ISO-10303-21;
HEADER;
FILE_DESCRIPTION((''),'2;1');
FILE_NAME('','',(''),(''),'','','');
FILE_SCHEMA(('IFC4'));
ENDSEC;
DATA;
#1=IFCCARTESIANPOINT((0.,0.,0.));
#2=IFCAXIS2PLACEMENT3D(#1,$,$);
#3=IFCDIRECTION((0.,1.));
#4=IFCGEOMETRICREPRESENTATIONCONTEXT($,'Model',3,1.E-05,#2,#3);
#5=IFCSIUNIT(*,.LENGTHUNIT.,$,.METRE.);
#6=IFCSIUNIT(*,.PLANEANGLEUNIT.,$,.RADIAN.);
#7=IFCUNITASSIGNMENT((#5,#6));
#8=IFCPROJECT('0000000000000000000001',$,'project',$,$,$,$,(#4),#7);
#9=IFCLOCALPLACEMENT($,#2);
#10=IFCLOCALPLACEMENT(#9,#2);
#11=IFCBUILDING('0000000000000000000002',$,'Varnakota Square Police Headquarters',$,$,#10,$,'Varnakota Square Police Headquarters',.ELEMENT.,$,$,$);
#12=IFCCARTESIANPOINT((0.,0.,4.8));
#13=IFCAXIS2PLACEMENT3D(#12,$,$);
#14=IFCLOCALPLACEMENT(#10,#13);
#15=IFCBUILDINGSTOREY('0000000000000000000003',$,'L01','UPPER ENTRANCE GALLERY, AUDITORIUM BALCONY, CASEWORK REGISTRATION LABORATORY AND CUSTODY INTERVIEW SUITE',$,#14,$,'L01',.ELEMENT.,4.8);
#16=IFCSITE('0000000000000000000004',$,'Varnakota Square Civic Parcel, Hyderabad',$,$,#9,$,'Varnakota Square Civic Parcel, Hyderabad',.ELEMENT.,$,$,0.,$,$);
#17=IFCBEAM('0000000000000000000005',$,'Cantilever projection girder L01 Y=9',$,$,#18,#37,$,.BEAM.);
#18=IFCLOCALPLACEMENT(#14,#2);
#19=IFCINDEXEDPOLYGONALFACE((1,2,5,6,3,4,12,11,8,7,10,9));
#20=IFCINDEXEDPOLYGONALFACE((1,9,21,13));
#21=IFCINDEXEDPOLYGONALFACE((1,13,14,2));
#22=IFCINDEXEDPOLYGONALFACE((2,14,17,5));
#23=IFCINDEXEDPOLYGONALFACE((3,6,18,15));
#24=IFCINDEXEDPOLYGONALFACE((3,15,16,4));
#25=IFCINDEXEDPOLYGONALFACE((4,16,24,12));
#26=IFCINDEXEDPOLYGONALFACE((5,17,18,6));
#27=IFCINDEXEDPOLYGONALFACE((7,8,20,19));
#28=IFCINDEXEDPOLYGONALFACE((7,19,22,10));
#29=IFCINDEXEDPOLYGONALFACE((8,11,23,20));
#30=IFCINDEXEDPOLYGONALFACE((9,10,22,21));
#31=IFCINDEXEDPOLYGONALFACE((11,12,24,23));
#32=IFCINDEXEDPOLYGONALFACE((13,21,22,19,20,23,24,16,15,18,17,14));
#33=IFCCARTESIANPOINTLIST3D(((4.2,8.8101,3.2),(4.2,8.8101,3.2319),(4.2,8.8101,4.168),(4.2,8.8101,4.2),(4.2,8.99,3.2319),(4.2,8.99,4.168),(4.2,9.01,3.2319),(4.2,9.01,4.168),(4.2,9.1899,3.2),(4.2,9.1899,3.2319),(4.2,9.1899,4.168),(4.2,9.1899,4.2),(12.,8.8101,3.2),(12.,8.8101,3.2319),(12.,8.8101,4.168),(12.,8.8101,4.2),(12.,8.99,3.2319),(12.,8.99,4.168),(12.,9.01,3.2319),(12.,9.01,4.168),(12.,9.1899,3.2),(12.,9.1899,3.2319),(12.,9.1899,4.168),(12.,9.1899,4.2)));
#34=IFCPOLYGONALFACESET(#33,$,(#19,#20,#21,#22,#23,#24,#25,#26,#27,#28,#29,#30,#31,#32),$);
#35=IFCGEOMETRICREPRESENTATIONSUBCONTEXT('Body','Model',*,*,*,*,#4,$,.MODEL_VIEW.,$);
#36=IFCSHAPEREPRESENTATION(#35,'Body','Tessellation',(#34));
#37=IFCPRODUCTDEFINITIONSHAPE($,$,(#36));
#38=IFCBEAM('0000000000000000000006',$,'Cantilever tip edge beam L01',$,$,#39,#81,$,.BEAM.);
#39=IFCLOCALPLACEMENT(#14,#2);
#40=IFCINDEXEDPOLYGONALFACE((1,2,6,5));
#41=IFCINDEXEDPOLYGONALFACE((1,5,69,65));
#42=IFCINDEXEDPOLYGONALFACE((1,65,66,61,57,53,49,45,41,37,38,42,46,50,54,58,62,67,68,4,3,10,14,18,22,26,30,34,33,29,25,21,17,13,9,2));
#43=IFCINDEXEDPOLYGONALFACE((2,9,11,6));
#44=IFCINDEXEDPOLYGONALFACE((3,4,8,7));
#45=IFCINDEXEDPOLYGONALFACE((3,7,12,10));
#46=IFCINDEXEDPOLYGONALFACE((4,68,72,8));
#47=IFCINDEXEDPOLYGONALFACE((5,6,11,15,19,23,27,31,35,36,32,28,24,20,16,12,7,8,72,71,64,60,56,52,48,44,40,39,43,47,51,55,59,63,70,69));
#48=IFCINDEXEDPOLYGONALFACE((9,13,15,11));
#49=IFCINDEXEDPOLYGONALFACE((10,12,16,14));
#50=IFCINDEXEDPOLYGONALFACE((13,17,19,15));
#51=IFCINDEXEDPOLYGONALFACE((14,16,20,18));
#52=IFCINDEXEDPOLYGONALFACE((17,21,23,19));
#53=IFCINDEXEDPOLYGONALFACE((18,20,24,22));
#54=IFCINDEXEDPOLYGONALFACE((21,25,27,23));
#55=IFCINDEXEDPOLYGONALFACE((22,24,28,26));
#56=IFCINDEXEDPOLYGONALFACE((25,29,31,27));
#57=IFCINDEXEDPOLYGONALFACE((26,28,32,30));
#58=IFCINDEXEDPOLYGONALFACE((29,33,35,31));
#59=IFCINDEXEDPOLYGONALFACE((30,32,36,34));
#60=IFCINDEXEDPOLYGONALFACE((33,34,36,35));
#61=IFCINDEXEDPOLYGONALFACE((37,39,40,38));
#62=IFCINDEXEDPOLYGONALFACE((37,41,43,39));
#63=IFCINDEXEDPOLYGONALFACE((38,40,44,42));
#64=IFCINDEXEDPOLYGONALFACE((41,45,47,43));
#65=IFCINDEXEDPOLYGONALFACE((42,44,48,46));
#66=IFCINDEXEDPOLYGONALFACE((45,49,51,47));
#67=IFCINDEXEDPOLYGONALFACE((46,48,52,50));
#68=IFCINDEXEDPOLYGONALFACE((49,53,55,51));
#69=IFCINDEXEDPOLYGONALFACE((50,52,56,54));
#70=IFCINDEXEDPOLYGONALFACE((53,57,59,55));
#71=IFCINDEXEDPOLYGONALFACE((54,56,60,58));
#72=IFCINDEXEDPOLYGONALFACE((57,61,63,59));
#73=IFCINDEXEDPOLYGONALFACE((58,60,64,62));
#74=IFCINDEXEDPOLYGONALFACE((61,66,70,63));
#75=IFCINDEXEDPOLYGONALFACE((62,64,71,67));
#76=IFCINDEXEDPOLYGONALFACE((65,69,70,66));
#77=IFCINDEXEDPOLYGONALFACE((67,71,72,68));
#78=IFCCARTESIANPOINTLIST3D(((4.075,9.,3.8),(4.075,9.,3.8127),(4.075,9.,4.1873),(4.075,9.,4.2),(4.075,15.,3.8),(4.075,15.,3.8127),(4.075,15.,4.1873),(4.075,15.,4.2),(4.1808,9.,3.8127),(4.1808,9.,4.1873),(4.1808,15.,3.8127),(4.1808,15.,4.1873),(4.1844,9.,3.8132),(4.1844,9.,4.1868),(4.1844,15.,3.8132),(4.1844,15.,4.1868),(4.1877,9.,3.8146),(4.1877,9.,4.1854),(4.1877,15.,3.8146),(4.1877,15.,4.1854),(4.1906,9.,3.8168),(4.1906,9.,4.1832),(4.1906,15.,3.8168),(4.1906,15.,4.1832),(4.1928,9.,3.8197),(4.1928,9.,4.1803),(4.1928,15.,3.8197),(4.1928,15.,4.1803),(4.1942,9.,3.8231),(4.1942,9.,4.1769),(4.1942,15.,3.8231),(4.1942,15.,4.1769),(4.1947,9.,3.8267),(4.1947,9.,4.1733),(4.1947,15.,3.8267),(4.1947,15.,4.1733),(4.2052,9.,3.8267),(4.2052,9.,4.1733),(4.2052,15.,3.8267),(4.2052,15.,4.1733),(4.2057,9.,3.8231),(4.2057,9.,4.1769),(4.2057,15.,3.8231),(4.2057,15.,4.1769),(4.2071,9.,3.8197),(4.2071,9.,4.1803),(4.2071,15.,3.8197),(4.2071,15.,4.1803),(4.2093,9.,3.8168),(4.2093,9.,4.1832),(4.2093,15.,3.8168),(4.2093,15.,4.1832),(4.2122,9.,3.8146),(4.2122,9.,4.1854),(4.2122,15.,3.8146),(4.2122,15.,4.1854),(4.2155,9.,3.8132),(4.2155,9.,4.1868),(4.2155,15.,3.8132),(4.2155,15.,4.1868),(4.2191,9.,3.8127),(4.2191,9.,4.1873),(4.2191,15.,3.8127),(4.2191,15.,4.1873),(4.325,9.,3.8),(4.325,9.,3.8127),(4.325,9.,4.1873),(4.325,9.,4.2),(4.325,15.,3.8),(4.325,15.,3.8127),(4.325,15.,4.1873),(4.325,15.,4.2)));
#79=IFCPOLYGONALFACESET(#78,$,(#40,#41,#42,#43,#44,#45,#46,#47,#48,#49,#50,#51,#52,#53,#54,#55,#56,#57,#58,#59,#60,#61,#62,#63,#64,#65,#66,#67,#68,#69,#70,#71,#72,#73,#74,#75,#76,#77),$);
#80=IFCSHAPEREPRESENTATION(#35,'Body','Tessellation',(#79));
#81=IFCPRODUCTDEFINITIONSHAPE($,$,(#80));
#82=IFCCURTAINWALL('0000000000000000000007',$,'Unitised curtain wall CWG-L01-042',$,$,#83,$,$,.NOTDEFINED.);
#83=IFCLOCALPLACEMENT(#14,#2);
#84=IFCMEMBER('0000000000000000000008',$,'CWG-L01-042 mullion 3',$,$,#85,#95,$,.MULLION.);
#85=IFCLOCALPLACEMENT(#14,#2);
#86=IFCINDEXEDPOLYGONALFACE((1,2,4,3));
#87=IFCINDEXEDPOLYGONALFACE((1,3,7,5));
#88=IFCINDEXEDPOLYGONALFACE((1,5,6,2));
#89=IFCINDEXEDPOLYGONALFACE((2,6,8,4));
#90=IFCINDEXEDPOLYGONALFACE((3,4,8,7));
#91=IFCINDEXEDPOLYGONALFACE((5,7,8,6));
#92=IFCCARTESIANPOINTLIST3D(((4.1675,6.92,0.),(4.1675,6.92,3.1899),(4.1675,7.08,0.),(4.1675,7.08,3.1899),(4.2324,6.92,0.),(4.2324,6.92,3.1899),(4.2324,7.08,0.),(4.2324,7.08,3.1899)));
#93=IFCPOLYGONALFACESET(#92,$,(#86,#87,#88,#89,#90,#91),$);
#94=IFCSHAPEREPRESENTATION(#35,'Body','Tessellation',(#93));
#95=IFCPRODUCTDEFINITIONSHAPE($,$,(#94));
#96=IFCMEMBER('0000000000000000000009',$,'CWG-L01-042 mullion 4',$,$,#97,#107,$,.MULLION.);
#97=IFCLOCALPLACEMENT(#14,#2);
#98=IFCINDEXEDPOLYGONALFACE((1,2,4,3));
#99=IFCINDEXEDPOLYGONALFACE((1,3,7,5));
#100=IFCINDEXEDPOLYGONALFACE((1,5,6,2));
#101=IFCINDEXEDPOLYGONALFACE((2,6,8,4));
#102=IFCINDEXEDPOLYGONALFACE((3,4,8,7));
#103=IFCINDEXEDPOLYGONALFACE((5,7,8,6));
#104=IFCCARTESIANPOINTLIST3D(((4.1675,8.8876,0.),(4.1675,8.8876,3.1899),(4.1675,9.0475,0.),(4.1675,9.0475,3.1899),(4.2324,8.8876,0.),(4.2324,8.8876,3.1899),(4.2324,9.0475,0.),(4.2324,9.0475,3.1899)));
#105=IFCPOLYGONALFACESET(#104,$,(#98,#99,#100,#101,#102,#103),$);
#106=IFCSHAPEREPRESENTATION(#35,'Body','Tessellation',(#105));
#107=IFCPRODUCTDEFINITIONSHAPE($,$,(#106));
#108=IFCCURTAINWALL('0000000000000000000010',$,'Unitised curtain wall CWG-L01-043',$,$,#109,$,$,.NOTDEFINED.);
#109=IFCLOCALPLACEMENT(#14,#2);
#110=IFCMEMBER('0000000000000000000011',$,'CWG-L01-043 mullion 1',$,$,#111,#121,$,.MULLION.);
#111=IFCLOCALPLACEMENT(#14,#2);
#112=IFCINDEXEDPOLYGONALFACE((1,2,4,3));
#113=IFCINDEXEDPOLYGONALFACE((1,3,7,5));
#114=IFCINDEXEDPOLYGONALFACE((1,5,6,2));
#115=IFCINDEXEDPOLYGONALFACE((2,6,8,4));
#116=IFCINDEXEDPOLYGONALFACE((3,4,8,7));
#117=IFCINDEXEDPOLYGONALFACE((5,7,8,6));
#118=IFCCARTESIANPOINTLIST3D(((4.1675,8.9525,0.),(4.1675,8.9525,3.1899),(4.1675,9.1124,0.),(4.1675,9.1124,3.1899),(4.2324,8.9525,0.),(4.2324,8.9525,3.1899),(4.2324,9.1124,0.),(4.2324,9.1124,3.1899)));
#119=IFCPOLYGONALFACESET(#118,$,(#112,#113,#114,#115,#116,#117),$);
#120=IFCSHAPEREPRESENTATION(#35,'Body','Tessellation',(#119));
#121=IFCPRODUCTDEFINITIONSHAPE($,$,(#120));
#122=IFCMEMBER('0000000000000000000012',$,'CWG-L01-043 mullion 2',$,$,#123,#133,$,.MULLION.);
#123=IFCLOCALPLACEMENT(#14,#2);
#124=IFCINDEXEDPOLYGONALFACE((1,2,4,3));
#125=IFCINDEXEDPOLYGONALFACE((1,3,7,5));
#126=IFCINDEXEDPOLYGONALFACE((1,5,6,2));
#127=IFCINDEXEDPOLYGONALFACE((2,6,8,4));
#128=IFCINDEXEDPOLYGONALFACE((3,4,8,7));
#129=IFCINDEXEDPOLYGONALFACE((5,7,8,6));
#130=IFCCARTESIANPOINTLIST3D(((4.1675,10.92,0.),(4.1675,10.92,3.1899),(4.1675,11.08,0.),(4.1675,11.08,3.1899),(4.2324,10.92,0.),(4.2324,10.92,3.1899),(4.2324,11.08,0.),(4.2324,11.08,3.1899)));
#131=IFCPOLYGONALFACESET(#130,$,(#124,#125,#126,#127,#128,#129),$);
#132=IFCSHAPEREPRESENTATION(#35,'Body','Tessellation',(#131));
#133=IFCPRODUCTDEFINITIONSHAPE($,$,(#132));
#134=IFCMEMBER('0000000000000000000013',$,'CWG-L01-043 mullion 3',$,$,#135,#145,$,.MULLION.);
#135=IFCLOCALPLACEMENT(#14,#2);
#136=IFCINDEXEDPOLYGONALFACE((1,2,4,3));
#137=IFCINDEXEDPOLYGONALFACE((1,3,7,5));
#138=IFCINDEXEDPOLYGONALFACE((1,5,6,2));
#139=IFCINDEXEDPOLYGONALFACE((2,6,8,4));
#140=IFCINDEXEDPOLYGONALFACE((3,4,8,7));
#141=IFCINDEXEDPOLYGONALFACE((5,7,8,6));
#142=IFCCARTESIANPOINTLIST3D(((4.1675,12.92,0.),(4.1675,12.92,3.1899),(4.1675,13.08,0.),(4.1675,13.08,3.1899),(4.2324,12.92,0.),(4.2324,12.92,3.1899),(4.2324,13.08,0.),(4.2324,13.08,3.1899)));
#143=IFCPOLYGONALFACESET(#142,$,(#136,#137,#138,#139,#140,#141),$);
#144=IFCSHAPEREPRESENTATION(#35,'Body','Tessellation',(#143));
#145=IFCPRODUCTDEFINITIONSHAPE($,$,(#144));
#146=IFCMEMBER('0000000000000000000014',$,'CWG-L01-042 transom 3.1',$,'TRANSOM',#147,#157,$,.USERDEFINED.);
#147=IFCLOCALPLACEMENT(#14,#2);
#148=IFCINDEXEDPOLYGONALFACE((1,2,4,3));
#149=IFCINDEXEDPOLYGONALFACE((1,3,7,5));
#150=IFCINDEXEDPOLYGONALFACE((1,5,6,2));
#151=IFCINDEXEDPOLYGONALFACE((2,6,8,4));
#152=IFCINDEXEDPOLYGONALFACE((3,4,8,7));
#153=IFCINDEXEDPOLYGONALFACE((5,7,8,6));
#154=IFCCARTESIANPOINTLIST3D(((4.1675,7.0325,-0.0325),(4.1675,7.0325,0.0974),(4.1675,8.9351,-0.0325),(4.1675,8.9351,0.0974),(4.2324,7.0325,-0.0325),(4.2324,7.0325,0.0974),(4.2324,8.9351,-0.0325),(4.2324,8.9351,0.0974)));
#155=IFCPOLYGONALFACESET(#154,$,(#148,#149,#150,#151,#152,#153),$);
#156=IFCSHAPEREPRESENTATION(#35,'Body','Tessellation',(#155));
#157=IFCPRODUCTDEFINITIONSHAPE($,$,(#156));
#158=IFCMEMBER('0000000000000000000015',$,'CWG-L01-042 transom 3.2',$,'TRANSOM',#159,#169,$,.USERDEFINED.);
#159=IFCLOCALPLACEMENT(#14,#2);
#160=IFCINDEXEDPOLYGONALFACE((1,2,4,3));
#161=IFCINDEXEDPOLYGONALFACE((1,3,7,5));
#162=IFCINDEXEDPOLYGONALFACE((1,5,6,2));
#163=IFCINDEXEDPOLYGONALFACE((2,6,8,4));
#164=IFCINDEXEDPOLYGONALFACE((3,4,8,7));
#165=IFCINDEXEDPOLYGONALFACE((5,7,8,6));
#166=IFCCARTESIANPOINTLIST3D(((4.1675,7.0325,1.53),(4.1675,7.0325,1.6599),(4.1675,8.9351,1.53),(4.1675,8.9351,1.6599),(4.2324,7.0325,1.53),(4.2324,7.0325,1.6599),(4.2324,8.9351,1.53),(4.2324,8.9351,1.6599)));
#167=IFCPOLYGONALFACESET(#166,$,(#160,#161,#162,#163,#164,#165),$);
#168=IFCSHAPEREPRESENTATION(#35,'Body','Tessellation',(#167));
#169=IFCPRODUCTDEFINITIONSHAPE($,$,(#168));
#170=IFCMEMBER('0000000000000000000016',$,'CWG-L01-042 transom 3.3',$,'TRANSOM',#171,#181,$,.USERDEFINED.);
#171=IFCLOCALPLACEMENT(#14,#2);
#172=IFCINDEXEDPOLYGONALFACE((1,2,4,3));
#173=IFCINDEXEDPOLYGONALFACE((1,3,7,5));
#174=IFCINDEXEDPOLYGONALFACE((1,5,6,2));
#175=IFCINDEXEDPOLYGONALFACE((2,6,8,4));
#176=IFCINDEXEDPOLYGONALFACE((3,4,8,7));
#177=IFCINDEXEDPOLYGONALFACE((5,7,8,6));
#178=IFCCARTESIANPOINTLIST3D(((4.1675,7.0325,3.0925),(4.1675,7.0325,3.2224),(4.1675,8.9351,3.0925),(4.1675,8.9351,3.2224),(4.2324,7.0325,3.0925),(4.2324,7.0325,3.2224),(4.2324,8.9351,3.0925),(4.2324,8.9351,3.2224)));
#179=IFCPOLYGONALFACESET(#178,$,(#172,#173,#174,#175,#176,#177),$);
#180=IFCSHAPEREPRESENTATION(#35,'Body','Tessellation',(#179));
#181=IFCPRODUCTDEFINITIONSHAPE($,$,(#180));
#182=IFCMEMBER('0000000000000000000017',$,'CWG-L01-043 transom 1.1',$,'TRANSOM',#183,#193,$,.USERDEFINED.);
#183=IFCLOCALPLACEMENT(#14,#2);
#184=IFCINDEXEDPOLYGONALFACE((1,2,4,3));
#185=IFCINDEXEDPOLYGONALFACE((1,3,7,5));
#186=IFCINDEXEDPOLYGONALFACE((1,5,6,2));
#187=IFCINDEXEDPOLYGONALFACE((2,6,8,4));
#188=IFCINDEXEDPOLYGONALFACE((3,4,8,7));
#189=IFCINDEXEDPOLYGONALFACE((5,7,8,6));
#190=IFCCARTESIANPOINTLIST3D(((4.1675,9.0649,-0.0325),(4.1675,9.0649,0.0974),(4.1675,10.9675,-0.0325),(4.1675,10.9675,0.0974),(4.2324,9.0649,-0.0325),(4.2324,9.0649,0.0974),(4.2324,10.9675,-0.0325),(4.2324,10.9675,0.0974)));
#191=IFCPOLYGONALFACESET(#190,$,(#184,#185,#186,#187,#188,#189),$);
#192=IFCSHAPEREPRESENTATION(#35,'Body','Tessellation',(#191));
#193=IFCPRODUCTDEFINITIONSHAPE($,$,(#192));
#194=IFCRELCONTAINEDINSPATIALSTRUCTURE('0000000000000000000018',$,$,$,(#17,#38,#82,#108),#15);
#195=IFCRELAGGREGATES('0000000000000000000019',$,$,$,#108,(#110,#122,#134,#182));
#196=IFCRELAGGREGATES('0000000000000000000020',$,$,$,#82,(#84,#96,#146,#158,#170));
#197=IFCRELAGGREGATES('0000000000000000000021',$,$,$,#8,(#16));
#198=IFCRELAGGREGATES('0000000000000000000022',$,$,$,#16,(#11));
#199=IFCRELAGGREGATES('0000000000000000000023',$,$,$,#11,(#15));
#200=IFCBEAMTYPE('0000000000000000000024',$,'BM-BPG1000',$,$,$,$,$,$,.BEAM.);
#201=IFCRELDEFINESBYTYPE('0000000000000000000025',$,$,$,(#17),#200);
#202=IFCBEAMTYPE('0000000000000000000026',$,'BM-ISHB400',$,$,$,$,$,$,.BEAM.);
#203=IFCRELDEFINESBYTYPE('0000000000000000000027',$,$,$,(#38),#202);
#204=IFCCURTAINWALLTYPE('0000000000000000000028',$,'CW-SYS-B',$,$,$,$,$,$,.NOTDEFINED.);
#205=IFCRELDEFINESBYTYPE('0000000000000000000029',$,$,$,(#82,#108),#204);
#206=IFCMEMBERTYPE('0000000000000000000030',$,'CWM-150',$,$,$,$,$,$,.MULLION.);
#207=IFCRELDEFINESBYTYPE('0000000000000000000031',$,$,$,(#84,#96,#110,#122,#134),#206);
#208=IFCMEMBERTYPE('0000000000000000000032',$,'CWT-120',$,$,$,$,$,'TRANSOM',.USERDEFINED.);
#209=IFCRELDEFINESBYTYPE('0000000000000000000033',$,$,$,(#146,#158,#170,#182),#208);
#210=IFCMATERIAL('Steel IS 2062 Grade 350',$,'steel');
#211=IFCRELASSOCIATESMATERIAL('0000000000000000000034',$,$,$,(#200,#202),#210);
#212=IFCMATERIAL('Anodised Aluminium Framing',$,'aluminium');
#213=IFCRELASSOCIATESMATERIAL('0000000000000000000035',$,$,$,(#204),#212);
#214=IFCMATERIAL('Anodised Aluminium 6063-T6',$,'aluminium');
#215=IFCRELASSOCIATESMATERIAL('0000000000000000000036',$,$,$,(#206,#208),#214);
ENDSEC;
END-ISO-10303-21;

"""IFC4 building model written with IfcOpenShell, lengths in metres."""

from ifc_helpers import new_model, si_unit, direction, frame, origin, origin_2d, place, context, subcontext, project, spatial, rectangle, i_section, extrude, material, material_profile, profile_set, type_object, element, aggregate, save


model = new_model("IFC4")

# Units and contexts
model_context = context("Model", 3, precision=1e-05, world=origin(), true_north=direction((0.0, 1.0)))
body_context = subcontext(model_context, "Body", "Model", "MODEL_VIEW")
ifc_project = project(units=[si_unit("LENGTHUNIT", "METRE"), si_unit("PLANEANGLEUNIT", "RADIAN")], contexts=[model_context])

# Site, building, storey
site_placement = place(None, origin())
site = spatial("IfcSite", under=ifc_project, at=site_placement, Name="Varnakota Square Civic Parcel, Hyderabad", LongName="Varnakota Square Civic Parcel, Hyderabad", CompositionType="ELEMENT", RefElevation=0.0)
building_placement = place(site_placement, origin())
building = spatial("IfcBuilding", under=site, at=building_placement, Name="Varnakota Square Police Headquarters", LongName="Varnakota Square Police Headquarters", CompositionType="ELEMENT")
storey_placement = place(building_placement, frame((0.0, 0.0, 4.8)))
storey = spatial("IfcBuildingStorey", under=building, at=storey_placement, Name="L01", Description="UPPER ENTRANCE GALLERY, AUDITORIUM BALCONY, CASEWORK REGISTRATION LABORATORY AND CUSTODY INTERVIEW SUITE", LongName="L01", CompositionType="ELEMENT", Elevation=4.8)

# Beams
ifc_material_1 = material(Name="Steel IS 2062 Grade 350", Category="steel")
ifc_material_profile_1 = material_profile(ifc_material_1, i_section(OverallWidth=0.3799, OverallDepth=1.0, WebThickness=0.02, FlangeThickness=0.032, at=origin_2d()), Name="BPG 1000x380")
ifc_profile_set_1 = profile_set([ifc_material_profile_1], Name="Steel IS 2062 Grade 350")
beam_type_1 = type_object("IfcBeamType", Name="BM-BPG1000", PredefinedType="BEAM", material=ifc_profile_set_1)
beam_1_placement = place(storey_placement, frame((4.2, 9.0, 3.7), z_axis=(1.0, 0.0, 0.0), x_axis=(0.0, 1.0, 0.0)))
element("IfcBeam", 1, at=beam_1_placement, inside=storey, type_object=beam_type_1, Name="Cantilever projection girder L01 Y=9", PredefinedType="BEAM", context=body_context, shape_type="SweptSolid", body=[
    extrude(i_section(OverallWidth=0.3799, OverallDepth=1.0, WebThickness=0.02, FlangeThickness=0.032, at=origin_2d()), origin(), (0.0, 0.0, 1.0), 7.8),
])
ifc_material_profile_2 = material_profile(ifc_material_1, i_section(OverallWidth=0.25, OverallDepth=0.3999, WebThickness=0.0105, FlangeThickness=0.0127, FilletRadius=0.0139, at=origin_2d()), Name="ISHB 400")
ifc_profile_set_2 = profile_set([ifc_material_profile_2], Name="Steel IS 2062 Grade 350")
beam_type_2 = type_object("IfcBeamType", Name="BM-ISHB400", PredefinedType="BEAM", material=ifc_profile_set_2)
beam_2_placement = place(storey_placement, frame((4.2, 9.0, 4.0), z_axis=(0.0, 1.0, 0.0), x_axis=(-1.0, 0.0, 0.0)))
element("IfcBeam", 2, at=beam_2_placement, inside=storey, type_object=beam_type_2, Name="Cantilever tip edge beam L01", PredefinedType="BEAM", context=body_context, shape_type="SweptSolid", body=[
    extrude(i_section(OverallWidth=0.25, OverallDepth=0.3999, WebThickness=0.0105, FlangeThickness=0.0127, FilletRadius=0.0139, at=origin_2d()), origin(), (0.0, 0.0, 1.0), 6.0),
])

# Curtain walls, members
ifc_material_2 = material(Name="Anodised Aluminium Framing", Category="aluminium")
curtain_wall_type = type_object("IfcCurtainWallType", Name="CW-SYS-B", PredefinedType="NOTDEFINED", material=ifc_material_2)
curtain_wall_1_placement = place(storey_placement, origin())
curtain_wall_1 = element("IfcCurtainWall", 3, at=curtain_wall_1_placement, inside=storey, type_object=curtain_wall_type, Name="Unitised curtain wall CWG-L01-042", PredefinedType="NOTDEFINED")
ifc_material_3 = material(Name="Anodised Aluminium 6063-T6", Category="aluminium")
ifc_material_profile_3 = material_profile(ifc_material_3, rectangle(XDim=0.0649, YDim=0.1599, at=origin_2d()), Name="ALU MULLION 65x160")
ifc_profile_set_3 = profile_set([ifc_material_profile_3], Name="Anodised Aluminium 6063-T6")
member_type_1 = type_object("IfcMemberType", Name="CWM-150", PredefinedType="MULLION", material=ifc_profile_set_3)
member_1_placement = place(storey_placement, frame((4.2, 7.0, 0.0), z_axis=(0.0, 0.0, 1.0), x_axis=(-1.0, 0.0, 0.0)))
member_1 = element("IfcMember", 4, at=member_1_placement, type_object=member_type_1, Name="CWG-L01-042 mullion 3", PredefinedType="MULLION", context=body_context, shape_type="SweptSolid", body=[
    extrude(rectangle(XDim=0.0649, YDim=0.1599, at=origin_2d()), origin(), (0.0, 0.0, 1.0), 3.1899),
])
member_2_placement = place(storey_placement, frame((4.2, 8.9675, 0.0), z_axis=(0.0, 0.0, 1.0), x_axis=(-1.0, 0.0, 0.0)))
member_2 = element("IfcMember", 5, at=member_2_placement, type_object=member_type_1, Name="CWG-L01-042 mullion 4", PredefinedType="MULLION", context=body_context, shape_type="SweptSolid", body=[
    extrude(rectangle(XDim=0.0649, YDim=0.1599, at=origin_2d()), origin(), (0.0, 0.0, 1.0), 3.1899),
])
curtain_wall_2_placement = place(storey_placement, origin())
curtain_wall_2 = element("IfcCurtainWall", 6, at=curtain_wall_2_placement, inside=storey, type_object=curtain_wall_type, Name="Unitised curtain wall CWG-L01-043", PredefinedType="NOTDEFINED")
member_3_placement = place(storey_placement, frame((4.2, 9.0325, 0.0), z_axis=(0.0, 0.0, 1.0), x_axis=(-1.0, 0.0, 0.0)))
member_3 = element("IfcMember", 7, at=member_3_placement, type_object=member_type_1, Name="CWG-L01-043 mullion 1", PredefinedType="MULLION", context=body_context, shape_type="SweptSolid", body=[
    extrude(rectangle(XDim=0.0649, YDim=0.1599, at=origin_2d()), origin(), (0.0, 0.0, 1.0), 3.1899),
])
member_4_placement = place(storey_placement, frame((4.2, 11.0, 0.0), z_axis=(0.0, 0.0, 1.0), x_axis=(-1.0, 0.0, 0.0)))
member_4 = element("IfcMember", 8, at=member_4_placement, type_object=member_type_1, Name="CWG-L01-043 mullion 2", PredefinedType="MULLION", context=body_context, shape_type="SweptSolid", body=[
    extrude(rectangle(XDim=0.0649, YDim=0.1599, at=origin_2d()), origin(), (0.0, 0.0, 1.0), 3.1899),
])
member_5_placement = place(storey_placement, frame((4.2, 13.0, 0.0), z_axis=(0.0, 0.0, 1.0), x_axis=(-1.0, 0.0, 0.0)))
member_5 = element("IfcMember", 9, at=member_5_placement, type_object=member_type_1, Name="CWG-L01-043 mullion 3", PredefinedType="MULLION", context=body_context, shape_type="SweptSolid", body=[
    extrude(rectangle(XDim=0.0649, YDim=0.1599, at=origin_2d()), origin(), (0.0, 0.0, 1.0), 3.1899),
])

# Members
ifc_material_profile_4 = material_profile(ifc_material_3, rectangle(XDim=0.0649, YDim=0.1299, at=origin_2d()), Name="ALU TRANSOM 65x130")
ifc_profile_set_4 = profile_set([ifc_material_profile_4], Name="Anodised Aluminium 6063-T6")
member_type_2 = type_object("IfcMemberType", Name="CWT-120", ElementType="TRANSOM", PredefinedType="USERDEFINED", material=ifc_profile_set_4)
member_6_placement = place(storey_placement, frame((4.2, 7.0325, 0.0325), z_axis=(0.0, 1.0, 0.0), x_axis=(-1.0, 0.0, 0.0)))
member_6 = element("IfcMember", 10, at=member_6_placement, type_object=member_type_2, Name="CWG-L01-042 transom 3.1", ObjectType="TRANSOM", PredefinedType="USERDEFINED", context=body_context, shape_type="SweptSolid", body=[
    extrude(rectangle(XDim=0.0649, YDim=0.1299, at=origin_2d()), origin(), (0.0, 0.0, 1.0), 1.9026),
])
member_7_placement = place(storey_placement, frame((4.2, 7.0325, 1.595), z_axis=(0.0, 1.0, 0.0), x_axis=(-1.0, 0.0, 0.0)))
member_7 = element("IfcMember", 11, at=member_7_placement, type_object=member_type_2, Name="CWG-L01-042 transom 3.2", ObjectType="TRANSOM", PredefinedType="USERDEFINED", context=body_context, shape_type="SweptSolid", body=[
    extrude(rectangle(XDim=0.0649, YDim=0.1299, at=origin_2d()), origin(), (0.0, 0.0, 1.0), 1.9026),
])
member_8_placement = place(storey_placement, frame((4.2, 7.0325, 3.1575), z_axis=(0.0, 1.0, 0.0), x_axis=(-1.0, 0.0, 0.0)))
member_8 = element("IfcMember", 12, at=member_8_placement, type_object=member_type_2, Name="CWG-L01-042 transom 3.3", ObjectType="TRANSOM", PredefinedType="USERDEFINED", context=body_context, shape_type="SweptSolid", body=[
    extrude(rectangle(XDim=0.0649, YDim=0.1299, at=origin_2d()), origin(), (0.0, 0.0, 1.0), 1.9026),
])
member_9_placement = place(storey_placement, frame((4.2, 9.0649, 0.0325), z_axis=(0.0, 1.0, 0.0), x_axis=(-1.0, 0.0, 0.0)))
member_9 = element("IfcMember", 13, at=member_9_placement, type_object=member_type_2, Name="CWG-L01-043 transom 1.1", ObjectType="TRANSOM", PredefinedType="USERDEFINED", context=body_context, shape_type="SweptSolid", body=[
    extrude(rectangle(XDim=0.0649, YDim=0.1299, at=origin_2d()), origin(), (0.0, 0.0, 1.0), 1.9026),
])

aggregate(curtain_wall_2, [member_3, member_4, member_5, member_9])
aggregate(curtain_wall_1, [member_1, member_2, member_6, member_7, member_8])

save(model, "model.ifc")
